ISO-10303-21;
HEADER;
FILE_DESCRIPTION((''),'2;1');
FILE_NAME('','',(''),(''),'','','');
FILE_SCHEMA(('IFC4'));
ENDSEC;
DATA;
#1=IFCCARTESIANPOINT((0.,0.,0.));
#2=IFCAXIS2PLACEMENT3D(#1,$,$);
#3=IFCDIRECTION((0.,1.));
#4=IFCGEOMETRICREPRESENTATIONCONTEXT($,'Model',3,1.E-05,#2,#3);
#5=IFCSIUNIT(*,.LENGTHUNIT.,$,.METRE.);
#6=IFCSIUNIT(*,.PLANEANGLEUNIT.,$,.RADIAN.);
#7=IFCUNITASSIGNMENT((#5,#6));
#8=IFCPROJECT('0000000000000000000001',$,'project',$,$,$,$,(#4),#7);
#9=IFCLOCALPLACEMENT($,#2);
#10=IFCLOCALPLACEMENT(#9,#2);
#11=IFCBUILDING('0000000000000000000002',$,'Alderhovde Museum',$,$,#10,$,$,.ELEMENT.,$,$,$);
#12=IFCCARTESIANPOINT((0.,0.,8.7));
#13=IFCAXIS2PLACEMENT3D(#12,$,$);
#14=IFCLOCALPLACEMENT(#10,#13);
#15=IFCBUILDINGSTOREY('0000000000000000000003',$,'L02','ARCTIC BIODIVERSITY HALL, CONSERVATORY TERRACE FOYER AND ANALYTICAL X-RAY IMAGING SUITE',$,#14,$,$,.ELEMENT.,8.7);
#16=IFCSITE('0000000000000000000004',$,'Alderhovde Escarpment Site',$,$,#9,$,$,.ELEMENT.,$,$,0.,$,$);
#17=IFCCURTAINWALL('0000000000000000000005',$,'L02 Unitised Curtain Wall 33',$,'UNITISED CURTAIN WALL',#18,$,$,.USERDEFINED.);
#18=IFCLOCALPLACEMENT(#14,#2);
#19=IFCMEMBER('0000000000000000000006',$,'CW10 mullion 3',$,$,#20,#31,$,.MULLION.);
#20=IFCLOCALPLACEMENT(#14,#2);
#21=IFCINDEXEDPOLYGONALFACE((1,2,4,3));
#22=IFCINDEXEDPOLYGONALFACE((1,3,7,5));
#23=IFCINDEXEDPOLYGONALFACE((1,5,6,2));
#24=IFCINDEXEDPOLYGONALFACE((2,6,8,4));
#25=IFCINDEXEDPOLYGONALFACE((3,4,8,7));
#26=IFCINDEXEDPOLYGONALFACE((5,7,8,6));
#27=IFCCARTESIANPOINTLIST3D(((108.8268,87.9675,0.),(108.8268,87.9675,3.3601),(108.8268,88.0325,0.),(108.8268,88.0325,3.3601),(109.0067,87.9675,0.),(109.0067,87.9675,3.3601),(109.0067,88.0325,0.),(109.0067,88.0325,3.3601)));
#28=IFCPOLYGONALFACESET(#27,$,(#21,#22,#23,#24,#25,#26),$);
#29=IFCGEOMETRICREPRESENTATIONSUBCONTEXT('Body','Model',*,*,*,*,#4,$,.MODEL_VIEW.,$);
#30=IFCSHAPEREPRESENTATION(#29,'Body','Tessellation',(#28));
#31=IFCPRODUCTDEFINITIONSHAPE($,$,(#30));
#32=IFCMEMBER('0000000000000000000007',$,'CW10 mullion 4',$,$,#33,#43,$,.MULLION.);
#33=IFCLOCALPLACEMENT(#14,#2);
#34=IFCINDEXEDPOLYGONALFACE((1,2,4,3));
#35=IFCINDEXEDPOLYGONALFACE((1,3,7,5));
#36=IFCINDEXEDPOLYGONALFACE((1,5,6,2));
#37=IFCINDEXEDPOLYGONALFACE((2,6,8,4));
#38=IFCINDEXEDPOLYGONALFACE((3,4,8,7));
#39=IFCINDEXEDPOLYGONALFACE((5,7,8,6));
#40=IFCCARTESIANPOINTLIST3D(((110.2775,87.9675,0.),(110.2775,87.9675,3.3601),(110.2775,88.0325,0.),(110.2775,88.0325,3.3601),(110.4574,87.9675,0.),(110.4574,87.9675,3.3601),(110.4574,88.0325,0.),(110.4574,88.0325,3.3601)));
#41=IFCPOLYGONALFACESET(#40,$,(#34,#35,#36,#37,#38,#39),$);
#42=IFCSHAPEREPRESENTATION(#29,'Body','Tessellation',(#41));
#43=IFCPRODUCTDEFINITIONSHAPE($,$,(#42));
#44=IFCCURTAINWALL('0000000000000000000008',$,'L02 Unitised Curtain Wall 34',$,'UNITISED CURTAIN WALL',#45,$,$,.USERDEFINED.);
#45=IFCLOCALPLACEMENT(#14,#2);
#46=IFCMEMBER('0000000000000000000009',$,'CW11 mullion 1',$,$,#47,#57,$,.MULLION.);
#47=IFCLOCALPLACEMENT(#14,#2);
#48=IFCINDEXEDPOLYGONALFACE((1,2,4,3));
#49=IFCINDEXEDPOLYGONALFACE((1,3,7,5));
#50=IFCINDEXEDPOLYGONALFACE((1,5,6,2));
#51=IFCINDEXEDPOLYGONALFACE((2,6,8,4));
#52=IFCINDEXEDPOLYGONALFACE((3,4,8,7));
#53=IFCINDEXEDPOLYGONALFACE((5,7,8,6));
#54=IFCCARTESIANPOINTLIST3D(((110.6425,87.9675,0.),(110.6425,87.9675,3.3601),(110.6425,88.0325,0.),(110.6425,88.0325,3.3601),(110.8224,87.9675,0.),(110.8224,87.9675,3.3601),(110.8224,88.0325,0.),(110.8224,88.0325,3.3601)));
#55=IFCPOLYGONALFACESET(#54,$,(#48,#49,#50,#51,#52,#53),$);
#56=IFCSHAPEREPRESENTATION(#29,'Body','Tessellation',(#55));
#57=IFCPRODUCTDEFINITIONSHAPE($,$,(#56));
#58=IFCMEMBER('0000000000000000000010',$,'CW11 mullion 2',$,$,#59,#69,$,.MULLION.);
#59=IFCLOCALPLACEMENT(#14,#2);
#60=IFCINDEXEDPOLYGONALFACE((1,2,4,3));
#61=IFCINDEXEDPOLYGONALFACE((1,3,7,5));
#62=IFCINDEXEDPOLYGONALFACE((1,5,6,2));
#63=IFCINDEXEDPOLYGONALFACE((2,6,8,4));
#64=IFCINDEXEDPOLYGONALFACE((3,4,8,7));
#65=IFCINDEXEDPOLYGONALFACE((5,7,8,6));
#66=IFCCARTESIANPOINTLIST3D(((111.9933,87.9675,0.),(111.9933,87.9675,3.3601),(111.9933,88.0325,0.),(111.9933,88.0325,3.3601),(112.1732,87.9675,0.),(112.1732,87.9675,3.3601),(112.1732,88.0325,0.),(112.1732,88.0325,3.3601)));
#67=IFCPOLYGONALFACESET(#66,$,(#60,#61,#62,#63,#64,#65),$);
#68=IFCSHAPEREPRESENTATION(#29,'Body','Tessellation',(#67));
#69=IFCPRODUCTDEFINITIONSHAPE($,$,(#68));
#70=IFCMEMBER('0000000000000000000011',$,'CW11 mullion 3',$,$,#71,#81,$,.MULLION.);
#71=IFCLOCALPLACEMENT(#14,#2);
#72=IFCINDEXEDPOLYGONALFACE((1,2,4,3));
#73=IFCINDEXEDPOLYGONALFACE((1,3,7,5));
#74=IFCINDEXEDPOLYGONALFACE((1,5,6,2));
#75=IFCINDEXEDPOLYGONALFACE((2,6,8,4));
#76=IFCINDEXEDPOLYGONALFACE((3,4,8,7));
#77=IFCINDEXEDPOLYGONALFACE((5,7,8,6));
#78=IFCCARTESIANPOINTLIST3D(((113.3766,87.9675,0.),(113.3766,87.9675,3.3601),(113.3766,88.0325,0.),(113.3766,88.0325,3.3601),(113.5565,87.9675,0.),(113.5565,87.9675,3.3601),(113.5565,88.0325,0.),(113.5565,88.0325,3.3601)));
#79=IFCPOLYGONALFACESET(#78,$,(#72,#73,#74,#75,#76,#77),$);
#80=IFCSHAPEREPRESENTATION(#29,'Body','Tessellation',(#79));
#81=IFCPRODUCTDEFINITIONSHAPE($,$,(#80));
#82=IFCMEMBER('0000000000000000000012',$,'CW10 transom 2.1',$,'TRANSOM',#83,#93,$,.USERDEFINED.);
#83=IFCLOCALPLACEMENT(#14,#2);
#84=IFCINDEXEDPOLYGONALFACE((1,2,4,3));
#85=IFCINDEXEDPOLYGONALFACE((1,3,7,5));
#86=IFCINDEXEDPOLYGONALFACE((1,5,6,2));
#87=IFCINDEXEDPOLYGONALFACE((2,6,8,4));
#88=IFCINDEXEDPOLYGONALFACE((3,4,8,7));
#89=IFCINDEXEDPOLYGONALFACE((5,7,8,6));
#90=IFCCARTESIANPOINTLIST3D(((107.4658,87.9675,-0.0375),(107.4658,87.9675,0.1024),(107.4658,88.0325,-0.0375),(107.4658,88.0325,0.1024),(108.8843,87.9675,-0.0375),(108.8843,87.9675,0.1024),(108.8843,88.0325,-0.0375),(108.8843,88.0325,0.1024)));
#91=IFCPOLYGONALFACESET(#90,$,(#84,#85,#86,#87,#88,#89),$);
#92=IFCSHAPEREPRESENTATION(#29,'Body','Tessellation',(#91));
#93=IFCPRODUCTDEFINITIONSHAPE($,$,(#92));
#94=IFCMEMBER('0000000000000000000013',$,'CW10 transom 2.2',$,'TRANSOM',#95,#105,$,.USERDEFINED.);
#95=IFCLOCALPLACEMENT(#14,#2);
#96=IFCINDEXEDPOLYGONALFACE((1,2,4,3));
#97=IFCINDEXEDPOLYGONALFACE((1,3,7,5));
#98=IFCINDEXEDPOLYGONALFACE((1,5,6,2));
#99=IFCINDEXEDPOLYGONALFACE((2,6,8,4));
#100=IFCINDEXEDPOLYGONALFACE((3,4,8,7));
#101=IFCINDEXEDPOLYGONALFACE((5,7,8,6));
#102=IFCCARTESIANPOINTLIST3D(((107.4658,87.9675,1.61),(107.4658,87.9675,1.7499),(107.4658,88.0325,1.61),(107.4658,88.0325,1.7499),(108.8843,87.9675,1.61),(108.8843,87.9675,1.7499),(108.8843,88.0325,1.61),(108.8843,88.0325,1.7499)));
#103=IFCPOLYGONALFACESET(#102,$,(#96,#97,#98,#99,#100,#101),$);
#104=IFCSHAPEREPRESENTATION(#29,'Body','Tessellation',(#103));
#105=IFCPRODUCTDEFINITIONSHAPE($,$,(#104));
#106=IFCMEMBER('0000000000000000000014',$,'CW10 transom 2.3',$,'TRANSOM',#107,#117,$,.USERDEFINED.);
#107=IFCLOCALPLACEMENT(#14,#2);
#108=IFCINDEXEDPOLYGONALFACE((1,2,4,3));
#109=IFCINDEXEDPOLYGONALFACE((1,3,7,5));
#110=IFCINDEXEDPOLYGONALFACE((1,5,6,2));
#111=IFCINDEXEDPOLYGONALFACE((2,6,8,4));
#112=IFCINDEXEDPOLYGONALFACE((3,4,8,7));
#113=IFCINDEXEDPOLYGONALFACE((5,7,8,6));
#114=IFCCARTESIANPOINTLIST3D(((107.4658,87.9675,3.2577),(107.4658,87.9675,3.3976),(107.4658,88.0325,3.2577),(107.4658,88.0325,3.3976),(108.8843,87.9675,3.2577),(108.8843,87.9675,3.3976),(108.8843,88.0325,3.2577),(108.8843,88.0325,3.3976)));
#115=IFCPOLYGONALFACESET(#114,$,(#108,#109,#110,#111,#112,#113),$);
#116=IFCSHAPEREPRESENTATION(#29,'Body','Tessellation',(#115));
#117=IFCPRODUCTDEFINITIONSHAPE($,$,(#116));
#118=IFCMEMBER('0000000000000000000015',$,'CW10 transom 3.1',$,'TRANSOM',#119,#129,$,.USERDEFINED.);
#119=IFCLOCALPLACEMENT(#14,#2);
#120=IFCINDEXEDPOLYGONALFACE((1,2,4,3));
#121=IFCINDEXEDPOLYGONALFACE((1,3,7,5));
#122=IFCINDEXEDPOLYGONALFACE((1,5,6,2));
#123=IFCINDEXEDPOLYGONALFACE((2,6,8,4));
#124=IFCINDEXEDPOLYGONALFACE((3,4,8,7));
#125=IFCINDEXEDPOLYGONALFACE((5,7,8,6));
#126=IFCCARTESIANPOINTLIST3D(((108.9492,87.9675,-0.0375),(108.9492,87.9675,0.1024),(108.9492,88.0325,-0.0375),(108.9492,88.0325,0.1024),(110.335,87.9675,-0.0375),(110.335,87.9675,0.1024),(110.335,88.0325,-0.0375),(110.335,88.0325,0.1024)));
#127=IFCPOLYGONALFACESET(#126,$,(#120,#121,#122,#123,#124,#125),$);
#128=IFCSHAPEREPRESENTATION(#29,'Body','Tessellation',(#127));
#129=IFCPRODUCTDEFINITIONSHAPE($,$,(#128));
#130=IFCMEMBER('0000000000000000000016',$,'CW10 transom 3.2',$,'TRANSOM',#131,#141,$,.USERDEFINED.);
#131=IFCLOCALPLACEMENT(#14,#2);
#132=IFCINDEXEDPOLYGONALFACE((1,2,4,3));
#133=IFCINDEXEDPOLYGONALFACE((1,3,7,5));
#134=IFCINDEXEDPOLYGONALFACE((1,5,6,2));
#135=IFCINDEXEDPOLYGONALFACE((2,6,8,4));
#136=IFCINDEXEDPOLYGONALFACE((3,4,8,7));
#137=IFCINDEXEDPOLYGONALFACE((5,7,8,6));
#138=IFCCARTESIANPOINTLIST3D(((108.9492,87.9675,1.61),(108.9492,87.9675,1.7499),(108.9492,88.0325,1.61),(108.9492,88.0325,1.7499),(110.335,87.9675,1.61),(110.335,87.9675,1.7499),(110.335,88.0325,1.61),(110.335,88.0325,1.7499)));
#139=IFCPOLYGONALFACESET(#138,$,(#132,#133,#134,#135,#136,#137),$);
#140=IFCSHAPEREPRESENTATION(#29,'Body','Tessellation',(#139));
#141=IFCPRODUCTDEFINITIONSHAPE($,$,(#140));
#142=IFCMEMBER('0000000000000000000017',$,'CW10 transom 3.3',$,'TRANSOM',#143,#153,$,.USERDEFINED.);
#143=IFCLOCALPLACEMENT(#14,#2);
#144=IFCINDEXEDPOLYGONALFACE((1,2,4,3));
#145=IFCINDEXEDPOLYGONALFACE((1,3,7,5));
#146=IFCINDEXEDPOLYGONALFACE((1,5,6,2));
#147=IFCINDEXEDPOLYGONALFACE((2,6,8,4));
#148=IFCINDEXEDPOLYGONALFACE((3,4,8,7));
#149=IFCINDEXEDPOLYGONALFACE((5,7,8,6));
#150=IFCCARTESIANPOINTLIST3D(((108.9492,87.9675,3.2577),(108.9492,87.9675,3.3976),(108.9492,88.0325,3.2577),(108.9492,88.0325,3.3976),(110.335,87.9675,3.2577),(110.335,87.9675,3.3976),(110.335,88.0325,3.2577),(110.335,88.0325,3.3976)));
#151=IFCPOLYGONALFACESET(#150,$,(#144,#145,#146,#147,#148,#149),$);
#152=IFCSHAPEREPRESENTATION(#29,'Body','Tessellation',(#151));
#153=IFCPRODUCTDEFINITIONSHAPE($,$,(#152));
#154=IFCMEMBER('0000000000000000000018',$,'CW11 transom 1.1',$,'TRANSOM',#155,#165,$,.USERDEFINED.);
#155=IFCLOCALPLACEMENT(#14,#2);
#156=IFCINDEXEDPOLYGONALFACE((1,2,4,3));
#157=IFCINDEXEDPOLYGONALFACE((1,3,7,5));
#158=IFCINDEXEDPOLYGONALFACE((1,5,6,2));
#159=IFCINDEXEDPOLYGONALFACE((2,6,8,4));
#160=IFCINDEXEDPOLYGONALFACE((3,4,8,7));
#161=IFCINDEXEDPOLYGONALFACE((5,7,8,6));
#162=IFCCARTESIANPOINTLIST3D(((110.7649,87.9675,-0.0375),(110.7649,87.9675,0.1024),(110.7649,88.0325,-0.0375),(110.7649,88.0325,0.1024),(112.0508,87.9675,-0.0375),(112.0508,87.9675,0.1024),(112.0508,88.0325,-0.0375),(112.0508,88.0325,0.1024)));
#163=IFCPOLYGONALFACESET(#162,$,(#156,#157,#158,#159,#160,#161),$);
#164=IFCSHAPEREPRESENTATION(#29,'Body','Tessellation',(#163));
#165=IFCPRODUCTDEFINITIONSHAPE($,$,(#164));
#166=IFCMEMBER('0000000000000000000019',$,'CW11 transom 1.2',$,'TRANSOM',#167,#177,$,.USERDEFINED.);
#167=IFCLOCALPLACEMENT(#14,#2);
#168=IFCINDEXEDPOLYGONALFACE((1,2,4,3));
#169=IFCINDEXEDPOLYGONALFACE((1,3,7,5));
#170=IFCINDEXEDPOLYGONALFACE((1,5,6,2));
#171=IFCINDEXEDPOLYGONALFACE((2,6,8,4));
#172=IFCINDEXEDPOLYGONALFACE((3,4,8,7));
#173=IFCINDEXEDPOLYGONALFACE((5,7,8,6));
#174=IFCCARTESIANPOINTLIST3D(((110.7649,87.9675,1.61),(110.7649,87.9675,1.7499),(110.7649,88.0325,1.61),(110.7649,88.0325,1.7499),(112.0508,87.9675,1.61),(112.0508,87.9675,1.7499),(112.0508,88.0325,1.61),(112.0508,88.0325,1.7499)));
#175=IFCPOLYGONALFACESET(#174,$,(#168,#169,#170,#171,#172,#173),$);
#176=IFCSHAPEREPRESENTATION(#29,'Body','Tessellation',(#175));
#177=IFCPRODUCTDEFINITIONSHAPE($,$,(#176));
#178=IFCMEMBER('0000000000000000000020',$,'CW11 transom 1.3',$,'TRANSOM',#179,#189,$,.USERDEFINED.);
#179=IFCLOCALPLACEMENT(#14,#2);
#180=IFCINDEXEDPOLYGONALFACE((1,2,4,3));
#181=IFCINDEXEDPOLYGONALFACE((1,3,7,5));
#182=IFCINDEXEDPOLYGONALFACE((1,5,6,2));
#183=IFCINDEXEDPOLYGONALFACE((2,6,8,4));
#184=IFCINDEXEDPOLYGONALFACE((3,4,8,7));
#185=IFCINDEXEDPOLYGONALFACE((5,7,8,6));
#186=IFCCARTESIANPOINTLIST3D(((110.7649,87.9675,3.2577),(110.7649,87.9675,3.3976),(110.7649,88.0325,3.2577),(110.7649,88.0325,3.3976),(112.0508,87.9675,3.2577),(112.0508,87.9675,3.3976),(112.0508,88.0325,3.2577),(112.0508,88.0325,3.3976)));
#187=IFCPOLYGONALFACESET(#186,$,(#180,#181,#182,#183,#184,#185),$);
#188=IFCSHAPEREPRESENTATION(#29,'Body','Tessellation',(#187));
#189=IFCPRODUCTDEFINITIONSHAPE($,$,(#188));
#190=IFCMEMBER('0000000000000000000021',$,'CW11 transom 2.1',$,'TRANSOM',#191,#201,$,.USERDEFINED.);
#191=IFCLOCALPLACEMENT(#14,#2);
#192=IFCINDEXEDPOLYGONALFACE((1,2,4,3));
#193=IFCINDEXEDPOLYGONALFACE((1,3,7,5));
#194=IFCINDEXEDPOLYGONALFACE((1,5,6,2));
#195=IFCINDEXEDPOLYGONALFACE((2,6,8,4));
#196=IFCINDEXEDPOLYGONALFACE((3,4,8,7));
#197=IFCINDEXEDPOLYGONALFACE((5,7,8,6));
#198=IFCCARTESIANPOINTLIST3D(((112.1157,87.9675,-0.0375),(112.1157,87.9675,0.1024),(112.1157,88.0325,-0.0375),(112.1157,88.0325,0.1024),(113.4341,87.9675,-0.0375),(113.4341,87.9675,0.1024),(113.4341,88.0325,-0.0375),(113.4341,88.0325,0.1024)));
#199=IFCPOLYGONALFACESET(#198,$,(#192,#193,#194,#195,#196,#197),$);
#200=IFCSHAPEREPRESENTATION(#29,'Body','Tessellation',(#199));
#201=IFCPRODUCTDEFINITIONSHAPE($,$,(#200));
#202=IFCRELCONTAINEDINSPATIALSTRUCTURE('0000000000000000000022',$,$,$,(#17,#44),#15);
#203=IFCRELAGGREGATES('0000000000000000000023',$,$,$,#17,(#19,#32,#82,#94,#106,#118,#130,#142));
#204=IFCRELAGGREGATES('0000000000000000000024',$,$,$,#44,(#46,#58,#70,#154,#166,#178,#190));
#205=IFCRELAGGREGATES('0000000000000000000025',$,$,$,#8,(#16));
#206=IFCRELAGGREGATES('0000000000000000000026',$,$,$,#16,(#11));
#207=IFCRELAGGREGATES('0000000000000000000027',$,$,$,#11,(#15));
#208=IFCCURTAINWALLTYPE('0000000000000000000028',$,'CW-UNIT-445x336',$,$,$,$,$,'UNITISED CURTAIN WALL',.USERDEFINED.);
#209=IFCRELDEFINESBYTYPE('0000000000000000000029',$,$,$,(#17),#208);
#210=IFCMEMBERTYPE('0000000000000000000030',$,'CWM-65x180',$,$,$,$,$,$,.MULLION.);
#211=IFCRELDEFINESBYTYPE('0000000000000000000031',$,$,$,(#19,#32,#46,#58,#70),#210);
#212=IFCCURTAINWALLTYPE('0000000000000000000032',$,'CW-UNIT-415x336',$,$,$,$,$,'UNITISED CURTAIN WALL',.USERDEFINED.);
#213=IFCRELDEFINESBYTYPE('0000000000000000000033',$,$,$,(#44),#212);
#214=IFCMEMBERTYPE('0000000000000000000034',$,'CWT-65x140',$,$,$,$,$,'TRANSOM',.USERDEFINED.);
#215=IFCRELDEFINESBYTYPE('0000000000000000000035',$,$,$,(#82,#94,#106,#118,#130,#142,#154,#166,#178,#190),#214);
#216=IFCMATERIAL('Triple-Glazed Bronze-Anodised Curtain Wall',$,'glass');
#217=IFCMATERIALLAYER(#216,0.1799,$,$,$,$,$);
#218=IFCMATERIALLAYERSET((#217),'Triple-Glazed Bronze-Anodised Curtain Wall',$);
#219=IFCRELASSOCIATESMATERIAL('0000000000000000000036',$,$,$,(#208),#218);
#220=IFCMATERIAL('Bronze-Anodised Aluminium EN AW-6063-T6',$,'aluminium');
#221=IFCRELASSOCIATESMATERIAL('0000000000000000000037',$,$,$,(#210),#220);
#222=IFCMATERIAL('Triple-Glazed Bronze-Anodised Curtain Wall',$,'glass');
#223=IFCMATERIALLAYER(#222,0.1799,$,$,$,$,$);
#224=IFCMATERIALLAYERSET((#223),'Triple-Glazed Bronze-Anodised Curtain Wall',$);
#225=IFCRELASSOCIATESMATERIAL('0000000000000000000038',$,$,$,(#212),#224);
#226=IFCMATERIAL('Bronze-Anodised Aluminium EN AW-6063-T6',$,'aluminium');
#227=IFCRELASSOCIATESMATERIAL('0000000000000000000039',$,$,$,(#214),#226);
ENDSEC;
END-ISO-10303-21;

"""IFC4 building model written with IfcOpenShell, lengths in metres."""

from ifc_helpers import new_model, si_unit, direction, frame, origin, origin_2d, place, context, subcontext, project, spatial, rectangle, extrude, material, layer, layer_set, material_profile, profile_set, type_object, element, aggregate, save


model = new_model("IFC4")

# Units and contexts
model_context = context("Model", 3, precision=1e-05, world=origin(), true_north=direction((0.0, 1.0)))
body_context = subcontext(model_context, "Body", "Model", "MODEL_VIEW")
ifc_project = project(units=[si_unit("LENGTHUNIT", "METRE"), si_unit("PLANEANGLEUNIT", "RADIAN")], contexts=[model_context])

# Site, building, storey
site_placement = place(None, origin())
site = spatial("IfcSite", under=ifc_project, at=site_placement, Name="Alderhovde Escarpment Site", CompositionType="ELEMENT", RefElevation=0.0)
building_placement = place(site_placement, origin())
building = spatial("IfcBuilding", under=site, at=building_placement, Name="Alderhovde Museum", CompositionType="ELEMENT")
storey_placement = place(building_placement, frame((0.0, 0.0, 8.7)))
storey = spatial("IfcBuildingStorey", under=building, at=storey_placement, Name="L02", Description="ARCTIC BIODIVERSITY HALL, CONSERVATORY TERRACE FOYER AND ANALYTICAL X-RAY IMAGING SUITE", CompositionType="ELEMENT", Elevation=8.7)

# Curtain walls, members
ifc_material_1 = material(Name="Triple-Glazed Bronze-Anodised Curtain Wall", Category="glass")
ifc_layer_1 = layer(ifc_material_1, 0.1799)
ifc_layer_set_1 = layer_set([ifc_layer_1], Name="Triple-Glazed Bronze-Anodised Curtain Wall")
curtain_wall_type_1 = type_object("IfcCurtainWallType", Name="CW-UNIT-445x336", ElementType="UNITISED CURTAIN WALL", PredefinedType="USERDEFINED", material=ifc_layer_set_1)
curtain_wall_1_placement = place(storey_placement, origin())
curtain_wall_1 = element("IfcCurtainWall", 1, at=curtain_wall_1_placement, inside=storey, type_object=curtain_wall_type_1, Name="L02 Unitised Curtain Wall 33", ObjectType="UNITISED CURTAIN WALL", PredefinedType="USERDEFINED")
ifc_material_2 = material(Name="Bronze-Anodised Aluminium EN AW-6063-T6", Category="aluminium")
ifc_material_profile_1 = material_profile(ifc_material_2, rectangle(XDim=0.0649, YDim=0.1799, at=origin_2d()), Name="MULLION 65x180")
ifc_profile_set_1 = profile_set([ifc_material_profile_1], Name="Bronze-Anodised Aluminium EN AW-6063-T6")
member_type_1 = type_object("IfcMemberType", Name="CWM-65x180", PredefinedType="MULLION", material=ifc_profile_set_1)
member_1_placement = place(storey_placement, frame((108.9167, 88.0, 0.0), z_axis=(0.0, 0.0, 1.0), x_axis=(0.0, 1.0, 0.0)))
member_1 = element("IfcMember", 2, at=member_1_placement, type_object=member_type_1, Name="CW10 mullion 3", PredefinedType="MULLION", context=body_context, shape_type="SweptSolid", body=[
    extrude(rectangle(XDim=0.0649, YDim=0.1799, at=origin_2d()), origin(), (0.0, 0.0, 1.0), 3.3601),
])
member_2_placement = place(storey_placement, frame((110.3674, 88.0, 0.0), z_axis=(0.0, 0.0, 1.0), x_axis=(0.0, 1.0, 0.0)))
member_2 = element("IfcMember", 3, at=member_2_placement, type_object=member_type_1, Name="CW10 mullion 4", PredefinedType="MULLION", context=body_context, shape_type="SweptSolid", body=[
    extrude(rectangle(XDim=0.0649, YDim=0.1799, at=origin_2d()), origin(), (0.0, 0.0, 1.0), 3.3601),
])
ifc_material_3 = material(Name="Triple-Glazed Bronze-Anodised Curtain Wall", Category="glass")
ifc_layer_2 = layer(ifc_material_3, 0.1799)
ifc_layer_set_2 = layer_set([ifc_layer_2], Name="Triple-Glazed Bronze-Anodised Curtain Wall")
curtain_wall_type_2 = type_object("IfcCurtainWallType", Name="CW-UNIT-415x336", ElementType="UNITISED CURTAIN WALL", PredefinedType="USERDEFINED", material=ifc_layer_set_2)
curtain_wall_2_placement = place(storey_placement, origin())
curtain_wall_2 = element("IfcCurtainWall", 4, at=curtain_wall_2_placement, inside=storey, type_object=curtain_wall_type_2, Name="L02 Unitised Curtain Wall 34", ObjectType="UNITISED CURTAIN WALL", PredefinedType="USERDEFINED")
member_3_placement = place(storey_placement, frame((110.7324, 88.0, 0.0), z_axis=(0.0, 0.0, 1.0), x_axis=(0.0, 1.0, 0.0)))
member_3 = element("IfcMember", 5, at=member_3_placement, type_object=member_type_1, Name="CW11 mullion 1", PredefinedType="MULLION", context=body_context, shape_type="SweptSolid", body=[
    extrude(rectangle(XDim=0.0649, YDim=0.1799, at=origin_2d()), origin(), (0.0, 0.0, 1.0), 3.3601),
])
member_4_placement = place(storey_placement, frame((112.0833, 88.0, 0.0), z_axis=(0.0, 0.0, 1.0), x_axis=(0.0, 1.0, 0.0)))
member_4 = element("IfcMember", 6, at=member_4_placement, type_object=member_type_1, Name="CW11 mullion 2", PredefinedType="MULLION", context=body_context, shape_type="SweptSolid", body=[
    extrude(rectangle(XDim=0.0649, YDim=0.1799, at=origin_2d()), origin(), (0.0, 0.0, 1.0), 3.3601),
])
member_5_placement = place(storey_placement, frame((113.4666, 88.0, 0.0), z_axis=(0.0, 0.0, 1.0), x_axis=(0.0, 1.0, 0.0)))
member_5 = element("IfcMember", 7, at=member_5_placement, type_object=member_type_1, Name="CW11 mullion 3", PredefinedType="MULLION", context=body_context, shape_type="SweptSolid", body=[
    extrude(rectangle(XDim=0.0649, YDim=0.1799, at=origin_2d()), origin(), (0.0, 0.0, 1.0), 3.3601),
])

# Members
ifc_material_4 = material(Name="Bronze-Anodised Aluminium EN AW-6063-T6", Category="aluminium")
ifc_material_profile_2 = material_profile(ifc_material_4, rectangle(XDim=0.0649, YDim=0.1399, at=origin_2d()), Name="TRANSOM 65x140")
ifc_profile_set_2 = profile_set([ifc_material_profile_2], Name="Bronze-Anodised Aluminium EN AW-6063-T6")
member_type_2 = type_object("IfcMemberType", Name="CWT-65x140", ElementType="TRANSOM", PredefinedType="USERDEFINED", material=ifc_profile_set_2)
member_6_placement = place(storey_placement, frame((107.4658, 88.0, 0.0325), z_axis=(1.0, 0.0, 0.0), x_axis=(0.0, 1.0, 0.0)))
member_6 = element("IfcMember", 8, at=member_6_placement, type_object=member_type_2, Name="CW10 transom 2.1", ObjectType="TRANSOM", PredefinedType="USERDEFINED", context=body_context, shape_type="SweptSolid", body=[
    extrude(rectangle(XDim=0.0649, YDim=0.1399, at=origin_2d()), origin(), (0.0, 0.0, 1.0), 1.4185),
])
member_7_placement = place(storey_placement, frame((107.4658, 88.0, 1.6799), z_axis=(1.0, 0.0, 0.0), x_axis=(0.0, 1.0, 0.0)))
member_7 = element("IfcMember", 9, at=member_7_placement, type_object=member_type_2, Name="CW10 transom 2.2", ObjectType="TRANSOM", PredefinedType="USERDEFINED", context=body_context, shape_type="SweptSolid", body=[
    extrude(rectangle(XDim=0.0649, YDim=0.1399, at=origin_2d()), origin(), (0.0, 0.0, 1.0), 1.4185),
])
member_8_placement = place(storey_placement, frame((107.4658, 88.0, 3.3276), z_axis=(1.0, 0.0, 0.0), x_axis=(0.0, 1.0, 0.0)))
member_8 = element("IfcMember", 10, at=member_8_placement, type_object=member_type_2, Name="CW10 transom 2.3", ObjectType="TRANSOM", PredefinedType="USERDEFINED", context=body_context, shape_type="SweptSolid", body=[
    extrude(rectangle(XDim=0.0649, YDim=0.1399, at=origin_2d()), origin(), (0.0, 0.0, 1.0), 1.4185),
])
member_9_placement = place(storey_placement, frame((108.9492, 88.0, 0.0325), z_axis=(1.0, 0.0, 0.0), x_axis=(0.0, 1.0, 0.0)))
member_9 = element("IfcMember", 11, at=member_9_placement, type_object=member_type_2, Name="CW10 transom 3.1", ObjectType="TRANSOM", PredefinedType="USERDEFINED", context=body_context, shape_type="SweptSolid", body=[
    extrude(rectangle(XDim=0.0649, YDim=0.1399, at=origin_2d()), origin(), (0.0, 0.0, 1.0), 1.3857),
])
member_10_placement = place(storey_placement, frame((108.9492, 88.0, 1.6799), z_axis=(1.0, 0.0, 0.0), x_axis=(0.0, 1.0, 0.0)))
member_10 = element("IfcMember", 12, at=member_10_placement, type_object=member_type_2, Name="CW10 transom 3.2", ObjectType="TRANSOM", PredefinedType="USERDEFINED", context=body_context, shape_type="SweptSolid", body=[
    extrude(rectangle(XDim=0.0649, YDim=0.1399, at=origin_2d()), origin(), (0.0, 0.0, 1.0), 1.3857),
])
member_11_placement = place(storey_placement, frame((108.9492, 88.0, 3.3276), z_axis=(1.0, 0.0, 0.0), x_axis=(0.0, 1.0, 0.0)))
member_11 = element("IfcMember", 13, at=member_11_placement, type_object=member_type_2, Name="CW10 transom 3.3", ObjectType="TRANSOM", PredefinedType="USERDEFINED", context=body_context, shape_type="SweptSolid", body=[
    extrude(rectangle(XDim=0.0649, YDim=0.1399, at=origin_2d()), origin(), (0.0, 0.0, 1.0), 1.3857),
])
member_12_placement = place(storey_placement, frame((110.7649, 88.0, 0.0325), z_axis=(1.0, 0.0, 0.0), x_axis=(0.0, 1.0, 0.0)))
member_12 = element("IfcMember", 14, at=member_12_placement, type_object=member_type_2, Name="CW11 transom 1.1", ObjectType="TRANSOM", PredefinedType="USERDEFINED", context=body_context, shape_type="SweptSolid", body=[
    extrude(rectangle(XDim=0.0649, YDim=0.1399, at=origin_2d()), origin(), (0.0, 0.0, 1.0), 1.2859),
])
member_13_placement = place(storey_placement, frame((110.7649, 88.0, 1.6799), z_axis=(1.0, 0.0, 0.0), x_axis=(0.0, 1.0, 0.0)))
member_13 = element("IfcMember", 15, at=member_13_placement, type_object=member_type_2, Name="CW11 transom 1.2", ObjectType="TRANSOM", PredefinedType="USERDEFINED", context=body_context, shape_type="SweptSolid", body=[
    extrude(rectangle(XDim=0.0649, YDim=0.1399, at=origin_2d()), origin(), (0.0, 0.0, 1.0), 1.2859),
])
member_14_placement = place(storey_placement, frame((110.7649, 88.0, 3.3276), z_axis=(1.0, 0.0, 0.0), x_axis=(0.0, 1.0, 0.0)))
member_14 = element("IfcMember", 16, at=member_14_placement, type_object=member_type_2, Name="CW11 transom 1.3", ObjectType="TRANSOM", PredefinedType="USERDEFINED", context=body_context, shape_type="SweptSolid", body=[
    extrude(rectangle(XDim=0.0649, YDim=0.1399, at=origin_2d()), origin(), (0.0, 0.0, 1.0), 1.2859),
])
member_15_placement = place(storey_placement, frame((112.1157, 88.0, 0.0325), z_axis=(1.0, 0.0, 0.0), x_axis=(0.0, 1.0, 0.0)))
member_15 = element("IfcMember", 17, at=member_15_placement, type_object=member_type_2, Name="CW11 transom 2.1", ObjectType="TRANSOM", PredefinedType="USERDEFINED", context=body_context, shape_type="SweptSolid", body=[
    extrude(rectangle(XDim=0.0649, YDim=0.1399, at=origin_2d()), origin(), (0.0, 0.0, 1.0), 1.3184),
])

aggregate(curtain_wall_1, [member_1, member_2, member_6, member_7, member_8, member_9, member_10, member_11])
aggregate(curtain_wall_2, [member_3, member_4, member_5, member_12, member_13, member_14, member_15])

save(model, "model.ifc")
